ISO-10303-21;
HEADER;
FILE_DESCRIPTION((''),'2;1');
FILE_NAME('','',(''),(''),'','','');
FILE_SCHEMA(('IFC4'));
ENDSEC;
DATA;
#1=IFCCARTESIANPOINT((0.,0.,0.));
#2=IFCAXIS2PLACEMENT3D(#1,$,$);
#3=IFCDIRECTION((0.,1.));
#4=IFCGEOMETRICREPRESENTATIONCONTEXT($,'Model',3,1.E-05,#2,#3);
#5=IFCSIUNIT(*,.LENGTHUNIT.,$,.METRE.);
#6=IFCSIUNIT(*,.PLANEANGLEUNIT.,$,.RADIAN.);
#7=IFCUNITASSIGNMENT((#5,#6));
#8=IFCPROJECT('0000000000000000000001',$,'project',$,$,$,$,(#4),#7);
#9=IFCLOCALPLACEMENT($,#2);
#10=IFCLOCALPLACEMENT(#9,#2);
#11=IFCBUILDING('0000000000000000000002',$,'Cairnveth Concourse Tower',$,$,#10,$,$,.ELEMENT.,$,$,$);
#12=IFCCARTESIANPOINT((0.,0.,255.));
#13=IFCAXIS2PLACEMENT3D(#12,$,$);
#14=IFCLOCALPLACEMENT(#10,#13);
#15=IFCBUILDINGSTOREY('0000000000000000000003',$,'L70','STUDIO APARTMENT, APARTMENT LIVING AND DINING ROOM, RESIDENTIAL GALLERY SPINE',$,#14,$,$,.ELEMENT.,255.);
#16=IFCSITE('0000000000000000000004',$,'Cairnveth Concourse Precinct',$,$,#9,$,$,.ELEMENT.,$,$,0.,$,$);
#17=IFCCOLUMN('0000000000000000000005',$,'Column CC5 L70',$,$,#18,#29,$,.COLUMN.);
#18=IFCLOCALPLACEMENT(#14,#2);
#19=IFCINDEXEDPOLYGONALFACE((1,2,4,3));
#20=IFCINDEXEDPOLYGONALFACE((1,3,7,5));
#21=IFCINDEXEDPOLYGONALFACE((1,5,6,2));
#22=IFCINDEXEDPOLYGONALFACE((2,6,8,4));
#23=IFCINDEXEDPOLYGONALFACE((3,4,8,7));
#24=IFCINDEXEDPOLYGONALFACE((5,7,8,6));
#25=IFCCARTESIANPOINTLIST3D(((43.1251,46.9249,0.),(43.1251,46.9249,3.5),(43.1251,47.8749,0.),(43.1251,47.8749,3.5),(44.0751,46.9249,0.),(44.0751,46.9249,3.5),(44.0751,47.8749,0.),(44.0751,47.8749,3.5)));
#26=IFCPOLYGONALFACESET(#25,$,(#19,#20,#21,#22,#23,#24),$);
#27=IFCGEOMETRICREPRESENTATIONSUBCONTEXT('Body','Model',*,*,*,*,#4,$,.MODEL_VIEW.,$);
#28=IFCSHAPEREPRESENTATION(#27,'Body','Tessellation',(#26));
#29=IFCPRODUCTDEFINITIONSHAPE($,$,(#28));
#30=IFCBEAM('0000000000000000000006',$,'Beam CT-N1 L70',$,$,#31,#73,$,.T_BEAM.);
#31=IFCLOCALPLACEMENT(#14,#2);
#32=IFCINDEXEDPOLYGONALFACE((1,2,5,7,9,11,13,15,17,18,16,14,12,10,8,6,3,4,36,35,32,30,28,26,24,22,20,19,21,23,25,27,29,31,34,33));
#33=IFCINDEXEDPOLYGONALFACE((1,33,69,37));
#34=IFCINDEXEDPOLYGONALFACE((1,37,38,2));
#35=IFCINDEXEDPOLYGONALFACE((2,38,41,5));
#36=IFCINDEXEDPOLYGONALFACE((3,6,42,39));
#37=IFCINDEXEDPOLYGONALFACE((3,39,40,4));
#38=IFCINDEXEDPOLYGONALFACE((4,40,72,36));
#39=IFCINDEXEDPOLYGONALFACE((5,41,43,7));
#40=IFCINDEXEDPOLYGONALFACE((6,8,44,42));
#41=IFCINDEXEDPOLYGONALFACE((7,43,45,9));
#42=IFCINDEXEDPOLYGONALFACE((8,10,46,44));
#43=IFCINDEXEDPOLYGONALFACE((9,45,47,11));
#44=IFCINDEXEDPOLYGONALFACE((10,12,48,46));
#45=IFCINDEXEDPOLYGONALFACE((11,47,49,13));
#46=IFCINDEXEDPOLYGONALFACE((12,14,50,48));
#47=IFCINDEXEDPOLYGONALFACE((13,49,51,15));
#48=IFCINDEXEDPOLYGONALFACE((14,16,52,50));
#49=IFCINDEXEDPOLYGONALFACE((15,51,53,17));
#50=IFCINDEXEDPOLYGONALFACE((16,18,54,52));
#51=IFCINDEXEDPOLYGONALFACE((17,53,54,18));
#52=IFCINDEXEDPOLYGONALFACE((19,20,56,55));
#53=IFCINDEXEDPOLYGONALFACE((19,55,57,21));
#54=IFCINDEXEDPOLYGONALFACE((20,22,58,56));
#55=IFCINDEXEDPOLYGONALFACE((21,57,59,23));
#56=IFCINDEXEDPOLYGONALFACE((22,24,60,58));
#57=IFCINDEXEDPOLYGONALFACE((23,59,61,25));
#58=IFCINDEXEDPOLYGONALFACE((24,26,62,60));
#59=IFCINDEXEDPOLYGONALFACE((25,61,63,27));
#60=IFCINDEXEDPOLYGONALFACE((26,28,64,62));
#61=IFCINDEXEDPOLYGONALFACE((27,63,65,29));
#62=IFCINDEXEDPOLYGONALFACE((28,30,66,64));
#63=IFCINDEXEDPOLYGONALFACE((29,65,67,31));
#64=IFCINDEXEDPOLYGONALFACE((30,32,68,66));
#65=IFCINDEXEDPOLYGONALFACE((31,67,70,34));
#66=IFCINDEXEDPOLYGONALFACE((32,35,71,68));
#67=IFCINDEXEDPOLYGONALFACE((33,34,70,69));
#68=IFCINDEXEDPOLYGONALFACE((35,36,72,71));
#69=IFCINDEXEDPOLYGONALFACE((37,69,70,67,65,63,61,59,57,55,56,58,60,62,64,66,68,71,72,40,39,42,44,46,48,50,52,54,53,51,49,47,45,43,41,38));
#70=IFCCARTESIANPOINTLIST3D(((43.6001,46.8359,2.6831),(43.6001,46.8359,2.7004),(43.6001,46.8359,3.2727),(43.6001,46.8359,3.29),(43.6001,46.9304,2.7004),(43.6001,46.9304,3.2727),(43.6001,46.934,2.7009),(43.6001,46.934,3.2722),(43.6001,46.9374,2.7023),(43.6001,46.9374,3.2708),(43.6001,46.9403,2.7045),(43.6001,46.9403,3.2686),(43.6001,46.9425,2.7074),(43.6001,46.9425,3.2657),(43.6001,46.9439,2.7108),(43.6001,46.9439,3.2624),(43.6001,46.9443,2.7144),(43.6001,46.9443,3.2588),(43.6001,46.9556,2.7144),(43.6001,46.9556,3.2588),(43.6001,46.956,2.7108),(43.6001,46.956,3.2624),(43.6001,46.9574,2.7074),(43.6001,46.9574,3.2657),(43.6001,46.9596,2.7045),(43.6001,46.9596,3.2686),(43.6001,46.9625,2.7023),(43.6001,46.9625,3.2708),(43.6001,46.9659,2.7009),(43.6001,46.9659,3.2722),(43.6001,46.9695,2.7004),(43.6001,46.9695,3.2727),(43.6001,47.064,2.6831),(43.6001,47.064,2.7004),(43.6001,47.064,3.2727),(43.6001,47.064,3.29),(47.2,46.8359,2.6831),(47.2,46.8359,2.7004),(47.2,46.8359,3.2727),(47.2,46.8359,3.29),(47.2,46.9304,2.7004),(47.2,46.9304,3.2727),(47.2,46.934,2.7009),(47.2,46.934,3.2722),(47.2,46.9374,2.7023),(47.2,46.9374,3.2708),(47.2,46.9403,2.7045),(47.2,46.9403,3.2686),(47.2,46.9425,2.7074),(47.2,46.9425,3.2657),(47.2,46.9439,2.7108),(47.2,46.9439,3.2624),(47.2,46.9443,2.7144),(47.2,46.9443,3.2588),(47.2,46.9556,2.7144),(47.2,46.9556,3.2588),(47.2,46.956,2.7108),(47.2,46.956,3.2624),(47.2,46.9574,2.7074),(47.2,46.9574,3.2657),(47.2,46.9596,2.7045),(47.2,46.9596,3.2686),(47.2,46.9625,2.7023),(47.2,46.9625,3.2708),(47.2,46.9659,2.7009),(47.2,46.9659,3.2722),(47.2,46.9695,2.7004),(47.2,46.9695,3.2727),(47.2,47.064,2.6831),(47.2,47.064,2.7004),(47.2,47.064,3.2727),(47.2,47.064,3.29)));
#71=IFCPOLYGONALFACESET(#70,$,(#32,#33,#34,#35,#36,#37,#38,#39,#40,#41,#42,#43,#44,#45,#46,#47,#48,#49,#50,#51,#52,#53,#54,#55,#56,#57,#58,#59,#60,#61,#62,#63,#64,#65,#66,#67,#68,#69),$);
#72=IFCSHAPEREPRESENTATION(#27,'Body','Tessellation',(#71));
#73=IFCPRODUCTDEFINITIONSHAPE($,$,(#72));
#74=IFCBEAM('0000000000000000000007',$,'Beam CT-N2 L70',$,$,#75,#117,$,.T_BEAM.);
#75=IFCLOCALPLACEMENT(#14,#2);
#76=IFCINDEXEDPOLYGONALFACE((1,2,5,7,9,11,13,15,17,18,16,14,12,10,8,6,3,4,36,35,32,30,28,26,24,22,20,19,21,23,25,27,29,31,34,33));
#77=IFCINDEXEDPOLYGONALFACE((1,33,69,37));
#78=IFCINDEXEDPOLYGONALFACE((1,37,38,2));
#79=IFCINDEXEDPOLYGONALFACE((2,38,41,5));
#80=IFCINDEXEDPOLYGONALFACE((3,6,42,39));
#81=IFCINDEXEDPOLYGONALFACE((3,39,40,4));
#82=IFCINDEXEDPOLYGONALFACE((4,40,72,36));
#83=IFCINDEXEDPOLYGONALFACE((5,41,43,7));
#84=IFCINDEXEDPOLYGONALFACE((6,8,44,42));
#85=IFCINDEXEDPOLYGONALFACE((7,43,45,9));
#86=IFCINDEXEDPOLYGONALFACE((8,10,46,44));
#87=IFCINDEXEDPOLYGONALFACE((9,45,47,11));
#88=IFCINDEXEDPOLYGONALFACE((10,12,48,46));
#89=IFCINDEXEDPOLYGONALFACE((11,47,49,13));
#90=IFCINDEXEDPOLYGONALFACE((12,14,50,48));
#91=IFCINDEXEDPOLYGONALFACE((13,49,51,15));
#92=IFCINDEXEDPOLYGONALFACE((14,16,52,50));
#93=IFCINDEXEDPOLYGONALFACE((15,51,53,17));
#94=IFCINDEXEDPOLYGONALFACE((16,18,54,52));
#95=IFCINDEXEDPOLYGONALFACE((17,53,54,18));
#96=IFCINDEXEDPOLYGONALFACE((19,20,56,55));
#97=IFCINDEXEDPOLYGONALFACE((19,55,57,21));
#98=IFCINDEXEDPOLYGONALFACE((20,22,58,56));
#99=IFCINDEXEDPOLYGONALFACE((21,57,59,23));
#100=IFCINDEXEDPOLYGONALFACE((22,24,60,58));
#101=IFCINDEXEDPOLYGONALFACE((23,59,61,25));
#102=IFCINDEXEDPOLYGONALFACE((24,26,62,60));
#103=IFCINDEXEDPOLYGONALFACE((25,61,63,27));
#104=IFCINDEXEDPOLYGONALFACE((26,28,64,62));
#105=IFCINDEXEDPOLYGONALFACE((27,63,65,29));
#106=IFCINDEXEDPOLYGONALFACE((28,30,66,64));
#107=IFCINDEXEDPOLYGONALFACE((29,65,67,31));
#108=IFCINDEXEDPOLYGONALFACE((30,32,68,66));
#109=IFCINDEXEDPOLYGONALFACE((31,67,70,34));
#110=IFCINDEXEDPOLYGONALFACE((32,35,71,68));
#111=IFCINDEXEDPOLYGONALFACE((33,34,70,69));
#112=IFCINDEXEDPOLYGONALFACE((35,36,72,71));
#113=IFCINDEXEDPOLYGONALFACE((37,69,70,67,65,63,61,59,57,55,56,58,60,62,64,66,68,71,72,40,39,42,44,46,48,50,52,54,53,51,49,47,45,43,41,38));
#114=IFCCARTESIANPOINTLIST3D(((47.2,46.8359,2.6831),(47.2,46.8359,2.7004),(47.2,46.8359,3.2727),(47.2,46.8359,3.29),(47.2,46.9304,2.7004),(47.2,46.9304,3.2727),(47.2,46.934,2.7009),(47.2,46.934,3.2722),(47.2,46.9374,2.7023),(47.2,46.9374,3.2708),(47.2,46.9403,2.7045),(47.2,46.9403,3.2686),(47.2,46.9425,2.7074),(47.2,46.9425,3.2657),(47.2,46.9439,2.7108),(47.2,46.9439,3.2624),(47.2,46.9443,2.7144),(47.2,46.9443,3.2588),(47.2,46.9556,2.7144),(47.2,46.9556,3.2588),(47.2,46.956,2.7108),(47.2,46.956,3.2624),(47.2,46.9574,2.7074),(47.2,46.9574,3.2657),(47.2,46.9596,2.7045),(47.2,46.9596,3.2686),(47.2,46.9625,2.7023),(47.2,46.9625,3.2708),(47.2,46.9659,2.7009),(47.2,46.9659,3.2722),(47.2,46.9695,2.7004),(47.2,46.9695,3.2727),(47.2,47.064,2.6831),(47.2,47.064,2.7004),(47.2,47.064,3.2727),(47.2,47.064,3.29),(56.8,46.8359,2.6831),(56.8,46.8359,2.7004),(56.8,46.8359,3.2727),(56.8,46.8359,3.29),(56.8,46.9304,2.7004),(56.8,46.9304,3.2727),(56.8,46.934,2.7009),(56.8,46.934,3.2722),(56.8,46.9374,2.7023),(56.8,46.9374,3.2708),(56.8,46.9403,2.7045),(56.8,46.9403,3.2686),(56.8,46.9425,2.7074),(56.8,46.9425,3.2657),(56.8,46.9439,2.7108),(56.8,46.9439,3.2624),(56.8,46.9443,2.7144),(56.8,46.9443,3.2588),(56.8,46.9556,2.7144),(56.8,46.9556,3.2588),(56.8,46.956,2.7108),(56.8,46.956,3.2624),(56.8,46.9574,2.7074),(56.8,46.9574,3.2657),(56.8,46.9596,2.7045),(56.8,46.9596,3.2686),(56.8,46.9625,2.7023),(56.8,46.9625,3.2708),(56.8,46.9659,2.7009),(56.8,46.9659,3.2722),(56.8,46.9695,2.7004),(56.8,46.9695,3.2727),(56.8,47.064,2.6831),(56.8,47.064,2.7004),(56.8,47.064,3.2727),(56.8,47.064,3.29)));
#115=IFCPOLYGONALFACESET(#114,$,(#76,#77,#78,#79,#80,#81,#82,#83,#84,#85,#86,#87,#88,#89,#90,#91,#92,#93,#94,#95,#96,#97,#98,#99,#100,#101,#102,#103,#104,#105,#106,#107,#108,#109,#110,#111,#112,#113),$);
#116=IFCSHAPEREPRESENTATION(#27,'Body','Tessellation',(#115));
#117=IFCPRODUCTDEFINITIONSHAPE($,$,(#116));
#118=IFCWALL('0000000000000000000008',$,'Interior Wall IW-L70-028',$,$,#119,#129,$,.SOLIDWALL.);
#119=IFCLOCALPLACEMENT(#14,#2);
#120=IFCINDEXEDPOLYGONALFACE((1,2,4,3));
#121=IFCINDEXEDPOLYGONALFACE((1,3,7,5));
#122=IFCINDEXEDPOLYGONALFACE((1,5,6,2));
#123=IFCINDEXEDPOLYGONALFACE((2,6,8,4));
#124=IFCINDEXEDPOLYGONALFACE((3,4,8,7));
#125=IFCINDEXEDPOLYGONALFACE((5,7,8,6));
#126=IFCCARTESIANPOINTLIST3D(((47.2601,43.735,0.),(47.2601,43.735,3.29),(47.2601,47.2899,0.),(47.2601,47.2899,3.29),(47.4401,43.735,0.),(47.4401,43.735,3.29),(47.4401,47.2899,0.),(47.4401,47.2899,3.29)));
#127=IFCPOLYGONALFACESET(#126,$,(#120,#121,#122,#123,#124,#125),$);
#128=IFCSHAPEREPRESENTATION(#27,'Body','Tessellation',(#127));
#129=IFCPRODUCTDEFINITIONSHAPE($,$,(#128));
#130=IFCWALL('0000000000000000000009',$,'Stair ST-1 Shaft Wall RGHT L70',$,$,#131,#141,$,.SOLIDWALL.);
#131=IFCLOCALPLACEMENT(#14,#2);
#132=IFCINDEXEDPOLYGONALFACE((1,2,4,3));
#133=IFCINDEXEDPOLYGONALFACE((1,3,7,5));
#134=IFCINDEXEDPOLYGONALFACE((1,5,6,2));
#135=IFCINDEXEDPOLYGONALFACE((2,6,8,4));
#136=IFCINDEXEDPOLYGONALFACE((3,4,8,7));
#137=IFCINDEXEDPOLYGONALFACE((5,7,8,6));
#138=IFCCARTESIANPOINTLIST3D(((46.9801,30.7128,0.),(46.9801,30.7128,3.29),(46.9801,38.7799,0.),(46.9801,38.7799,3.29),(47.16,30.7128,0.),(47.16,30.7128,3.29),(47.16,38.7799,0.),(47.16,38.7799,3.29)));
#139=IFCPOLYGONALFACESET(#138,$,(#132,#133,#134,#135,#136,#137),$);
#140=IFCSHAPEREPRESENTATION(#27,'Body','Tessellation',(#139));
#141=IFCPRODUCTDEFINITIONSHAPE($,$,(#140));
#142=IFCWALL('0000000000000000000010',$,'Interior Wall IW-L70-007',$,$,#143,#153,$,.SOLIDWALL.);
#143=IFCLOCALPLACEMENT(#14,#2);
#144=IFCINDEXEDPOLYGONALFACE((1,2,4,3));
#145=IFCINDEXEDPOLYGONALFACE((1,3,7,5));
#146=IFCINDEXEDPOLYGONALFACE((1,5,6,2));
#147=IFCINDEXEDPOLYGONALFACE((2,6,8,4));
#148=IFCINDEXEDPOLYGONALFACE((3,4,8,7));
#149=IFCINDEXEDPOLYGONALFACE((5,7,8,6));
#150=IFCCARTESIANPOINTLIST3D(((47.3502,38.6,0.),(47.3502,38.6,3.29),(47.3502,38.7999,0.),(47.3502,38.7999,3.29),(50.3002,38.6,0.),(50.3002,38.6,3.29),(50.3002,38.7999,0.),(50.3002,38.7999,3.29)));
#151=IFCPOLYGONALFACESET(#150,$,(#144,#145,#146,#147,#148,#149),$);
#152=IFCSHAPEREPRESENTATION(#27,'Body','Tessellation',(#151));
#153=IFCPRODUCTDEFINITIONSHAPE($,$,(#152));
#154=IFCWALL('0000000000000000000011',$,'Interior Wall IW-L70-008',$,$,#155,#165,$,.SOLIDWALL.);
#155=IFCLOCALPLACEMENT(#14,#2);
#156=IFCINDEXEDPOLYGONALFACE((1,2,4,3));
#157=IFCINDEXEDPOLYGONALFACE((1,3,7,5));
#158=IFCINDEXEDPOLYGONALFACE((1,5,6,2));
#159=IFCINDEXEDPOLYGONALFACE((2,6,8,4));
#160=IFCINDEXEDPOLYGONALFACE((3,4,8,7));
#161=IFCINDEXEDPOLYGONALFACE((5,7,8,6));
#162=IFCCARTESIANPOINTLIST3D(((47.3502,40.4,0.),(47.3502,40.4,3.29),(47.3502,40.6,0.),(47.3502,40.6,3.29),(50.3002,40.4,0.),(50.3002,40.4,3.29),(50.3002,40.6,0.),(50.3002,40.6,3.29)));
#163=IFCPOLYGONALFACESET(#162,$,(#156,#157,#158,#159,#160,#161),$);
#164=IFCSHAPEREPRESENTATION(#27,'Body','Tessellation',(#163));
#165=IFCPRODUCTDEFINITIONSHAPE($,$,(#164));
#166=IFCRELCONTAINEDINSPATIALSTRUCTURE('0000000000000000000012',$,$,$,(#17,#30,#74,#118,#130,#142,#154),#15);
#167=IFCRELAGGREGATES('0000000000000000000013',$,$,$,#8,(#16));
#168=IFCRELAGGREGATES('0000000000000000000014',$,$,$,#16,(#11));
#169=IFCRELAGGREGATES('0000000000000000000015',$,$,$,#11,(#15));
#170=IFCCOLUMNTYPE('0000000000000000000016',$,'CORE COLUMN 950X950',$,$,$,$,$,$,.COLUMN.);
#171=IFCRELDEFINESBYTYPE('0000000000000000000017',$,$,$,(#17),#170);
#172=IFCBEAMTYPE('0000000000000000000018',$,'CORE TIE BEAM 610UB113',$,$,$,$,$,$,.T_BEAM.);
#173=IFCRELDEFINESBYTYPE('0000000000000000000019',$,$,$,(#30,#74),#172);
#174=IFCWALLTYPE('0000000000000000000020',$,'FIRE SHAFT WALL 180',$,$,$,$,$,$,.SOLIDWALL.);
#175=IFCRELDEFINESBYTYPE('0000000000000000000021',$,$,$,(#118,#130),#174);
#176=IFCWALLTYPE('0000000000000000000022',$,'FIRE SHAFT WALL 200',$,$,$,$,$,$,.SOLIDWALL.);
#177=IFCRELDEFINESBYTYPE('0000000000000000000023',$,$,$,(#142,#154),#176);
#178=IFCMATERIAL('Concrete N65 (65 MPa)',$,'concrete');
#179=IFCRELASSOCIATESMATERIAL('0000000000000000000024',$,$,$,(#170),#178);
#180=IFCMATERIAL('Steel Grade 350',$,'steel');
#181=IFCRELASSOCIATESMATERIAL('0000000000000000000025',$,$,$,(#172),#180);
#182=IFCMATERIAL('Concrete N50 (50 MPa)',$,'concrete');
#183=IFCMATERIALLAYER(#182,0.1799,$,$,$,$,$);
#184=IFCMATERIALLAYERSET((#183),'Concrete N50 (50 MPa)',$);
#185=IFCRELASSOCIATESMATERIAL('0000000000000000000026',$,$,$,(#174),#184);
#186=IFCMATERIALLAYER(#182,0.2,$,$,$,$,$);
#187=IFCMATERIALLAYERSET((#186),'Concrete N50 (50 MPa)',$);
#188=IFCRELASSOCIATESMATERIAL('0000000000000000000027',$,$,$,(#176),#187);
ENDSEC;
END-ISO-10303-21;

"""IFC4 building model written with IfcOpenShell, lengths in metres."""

from ifc_helpers import new_model, si_unit, direction, frame, frame_2d, origin, origin_2d, place, context, subcontext, project, spatial, rectangle, i_section, extrude, material, layer, layer_set, material_profile, profile_set, type_object, element, save


model = new_model("IFC4")

# Units and contexts
model_context = context("Model", 3, precision=1e-05, world=origin(), true_north=direction((0.0, 1.0)))
body_context = subcontext(model_context, "Body", "Model", "MODEL_VIEW")
ifc_project = project(units=[si_unit("LENGTHUNIT", "METRE"), si_unit("PLANEANGLEUNIT", "RADIAN")], contexts=[model_context])

# Site, building, storey
site_placement = place(None, origin())
site = spatial("IfcSite", under=ifc_project, at=site_placement, Name="Cairnveth Concourse Precinct", CompositionType="ELEMENT", RefElevation=0.0)
building_placement = place(site_placement, origin())
building = spatial("IfcBuilding", under=site, at=building_placement, Name="Cairnveth Concourse Tower", CompositionType="ELEMENT")
storey_placement = place(building_placement, frame((0.0, 0.0, 255.0)))
storey = spatial("IfcBuildingStorey", under=building, at=storey_placement, Name="L70", Description="STUDIO APARTMENT, APARTMENT LIVING AND DINING ROOM, RESIDENTIAL GALLERY SPINE", CompositionType="ELEMENT", Elevation=255.0)

# Column
ifc_material_1 = material(Name="Concrete N65 (65 MPa)", Category="concrete")
ifc_material_profile_1 = material_profile(ifc_material_1, rectangle(XDim=0.95, YDim=0.95, at=origin_2d()), Name="RC-COL-950x950")
ifc_profile_set_1 = profile_set([ifc_material_profile_1], Name="Concrete N65 (65 MPa)")
column_type = type_object("IfcColumnType", Name="CORE COLUMN 950X950", PredefinedType="COLUMN", material=ifc_profile_set_1)
column_placement = place(storey_placement, frame((43.6001, 47.3999, 0.0), z_axis=(0.0, 0.0, 1.0), x_axis=(1.0, 0.0, 0.0)))
element("IfcColumn", 1, at=column_placement, inside=storey, type_object=column_type, Name="Column CC5 L70", PredefinedType="COLUMN", context=body_context, shape_type="SweptSolid", body=[
    extrude(rectangle(XDim=0.95, YDim=0.95, at=origin_2d()), origin(), (0.0, 0.0, 1.0), 3.5),
])

# Beams
ifc_material_2 = material(Name="Steel Grade 350", Category="steel")
ifc_material_profile_2 = material_profile(ifc_material_2, i_section(OverallWidth=0.228, OverallDepth=0.6069, WebThickness=0.0112, FlangeThickness=0.0173, FilletRadius=0.0139, at=origin_2d()), Name="610UB113")
ifc_profile_set_2 = profile_set([ifc_material_profile_2], Name="Steel Grade 350")
beam_type = type_object("IfcBeamType", Name="CORE TIE BEAM 610UB113", PredefinedType="T_BEAM", material=ifc_profile_set_2)
beam_1_placement = place(storey_placement, frame((43.6001, 46.95, 2.9866), z_axis=(1.0, 0.0, 0.0), x_axis=(0.0, 1.0, 0.0)))
element("IfcBeam", 2, at=beam_1_placement, inside=storey, type_object=beam_type, Name="Beam CT-N1 L70", PredefinedType="T_BEAM", context=body_context, shape_type="SweptSolid", body=[
    extrude(i_section(OverallWidth=0.228, OverallDepth=0.6069, WebThickness=0.0112, FlangeThickness=0.0173, FilletRadius=0.0139, at=origin_2d()), origin(), (0.0, 0.0, 1.0), 3.5999),
])
beam_2_placement = place(storey_placement, frame((47.2, 46.95, 2.9866), z_axis=(1.0, 0.0, 0.0), x_axis=(0.0, 1.0, 0.0)))
element("IfcBeam", 3, at=beam_2_placement, inside=storey, type_object=beam_type, Name="Beam CT-N2 L70", PredefinedType="T_BEAM", context=body_context, shape_type="SweptSolid", body=[
    extrude(i_section(OverallWidth=0.228, OverallDepth=0.6069, WebThickness=0.0112, FlangeThickness=0.0173, FilletRadius=0.0139, at=origin_2d()), origin(), (0.0, 0.0, 1.0), 9.6001),
])

# Wall
ifc_material_3 = material(Name="Concrete N50 (50 MPa)", Category="concrete")
ifc_layer_1 = layer(ifc_material_3, 0.1799)
ifc_layer_set_1 = layer_set([ifc_layer_1], Name="Concrete N50 (50 MPa)")
wall_type_1 = type_object("IfcWallType", Name="FIRE SHAFT WALL 180", PredefinedType="SOLIDWALL", material=ifc_layer_set_1)
wall_1_placement = place(storey_placement, frame((47.3501, 43.7351, 0.0), z_axis=(0.0, 0.0, 1.0), x_axis=(0.0, 1.0, 0.0)))
element("IfcWall", 4, at=wall_1_placement, inside=storey, type_object=wall_type_1, Name="Interior Wall IW-L70-028", PredefinedType="SOLIDWALL", context=body_context, shape_type="SweptSolid", body=[
    extrude(rectangle(XDim=3.5549, YDim=0.1799, at=frame_2d((1.7773, 0.0))), origin(), (0.0, 0.0, 1.0), 3.29),
])

# Walls
wall_2_placement = place(storey_placement, frame((47.0701, 38.78, 0.0), z_axis=(0.0, 0.0, 1.0), x_axis=(0.0, -1.0, 0.0)))
element("IfcWall", 5, at=wall_2_placement, inside=storey, type_object=wall_type_1, Name="Stair ST-1 Shaft Wall RGHT L70", PredefinedType="SOLIDWALL", context=body_context, shape_type="SweptSolid", body=[
    extrude(rectangle(XDim=8.0671, YDim=0.1799, at=frame_2d((4.0337, 0.0))), origin(), (0.0, 0.0, 1.0), 3.29),
])
ifc_layer_2 = layer(ifc_material_3, 0.2)
ifc_layer_set_2 = layer_set([ifc_layer_2], Name="Concrete N50 (50 MPa)")
wall_type_2 = type_object("IfcWallType", Name="FIRE SHAFT WALL 200", PredefinedType="SOLIDWALL", material=ifc_layer_set_2)
for number, where, z_axis, x_axis, name in (
    (6, (47.3501, 38.7, 0.0), (0.0, 0.0, 1.0), (1.0, 0.0, 0.0), "Interior Wall IW-L70-007"),
    (7, (47.3501, 40.5, 0.0), (0.0, 0.0, 1.0), (1.0, 0.0, 0.0), "Interior Wall IW-L70-008"),
):
    element("IfcWall", number, at=place(storey_placement, frame(where, z_axis=z_axis, x_axis=x_axis)), inside=storey, type_object=wall_type_2, Name=name, PredefinedType="SOLIDWALL", context=body_context, shape_type="SweptSolid", body=[
        extrude(rectangle(XDim=2.95, YDim=0.2, at=frame_2d((1.4751, 0.0))), origin(), (0.0, 0.0, 1.0), 3.29),
    ])

save(model, "model.ifc")
